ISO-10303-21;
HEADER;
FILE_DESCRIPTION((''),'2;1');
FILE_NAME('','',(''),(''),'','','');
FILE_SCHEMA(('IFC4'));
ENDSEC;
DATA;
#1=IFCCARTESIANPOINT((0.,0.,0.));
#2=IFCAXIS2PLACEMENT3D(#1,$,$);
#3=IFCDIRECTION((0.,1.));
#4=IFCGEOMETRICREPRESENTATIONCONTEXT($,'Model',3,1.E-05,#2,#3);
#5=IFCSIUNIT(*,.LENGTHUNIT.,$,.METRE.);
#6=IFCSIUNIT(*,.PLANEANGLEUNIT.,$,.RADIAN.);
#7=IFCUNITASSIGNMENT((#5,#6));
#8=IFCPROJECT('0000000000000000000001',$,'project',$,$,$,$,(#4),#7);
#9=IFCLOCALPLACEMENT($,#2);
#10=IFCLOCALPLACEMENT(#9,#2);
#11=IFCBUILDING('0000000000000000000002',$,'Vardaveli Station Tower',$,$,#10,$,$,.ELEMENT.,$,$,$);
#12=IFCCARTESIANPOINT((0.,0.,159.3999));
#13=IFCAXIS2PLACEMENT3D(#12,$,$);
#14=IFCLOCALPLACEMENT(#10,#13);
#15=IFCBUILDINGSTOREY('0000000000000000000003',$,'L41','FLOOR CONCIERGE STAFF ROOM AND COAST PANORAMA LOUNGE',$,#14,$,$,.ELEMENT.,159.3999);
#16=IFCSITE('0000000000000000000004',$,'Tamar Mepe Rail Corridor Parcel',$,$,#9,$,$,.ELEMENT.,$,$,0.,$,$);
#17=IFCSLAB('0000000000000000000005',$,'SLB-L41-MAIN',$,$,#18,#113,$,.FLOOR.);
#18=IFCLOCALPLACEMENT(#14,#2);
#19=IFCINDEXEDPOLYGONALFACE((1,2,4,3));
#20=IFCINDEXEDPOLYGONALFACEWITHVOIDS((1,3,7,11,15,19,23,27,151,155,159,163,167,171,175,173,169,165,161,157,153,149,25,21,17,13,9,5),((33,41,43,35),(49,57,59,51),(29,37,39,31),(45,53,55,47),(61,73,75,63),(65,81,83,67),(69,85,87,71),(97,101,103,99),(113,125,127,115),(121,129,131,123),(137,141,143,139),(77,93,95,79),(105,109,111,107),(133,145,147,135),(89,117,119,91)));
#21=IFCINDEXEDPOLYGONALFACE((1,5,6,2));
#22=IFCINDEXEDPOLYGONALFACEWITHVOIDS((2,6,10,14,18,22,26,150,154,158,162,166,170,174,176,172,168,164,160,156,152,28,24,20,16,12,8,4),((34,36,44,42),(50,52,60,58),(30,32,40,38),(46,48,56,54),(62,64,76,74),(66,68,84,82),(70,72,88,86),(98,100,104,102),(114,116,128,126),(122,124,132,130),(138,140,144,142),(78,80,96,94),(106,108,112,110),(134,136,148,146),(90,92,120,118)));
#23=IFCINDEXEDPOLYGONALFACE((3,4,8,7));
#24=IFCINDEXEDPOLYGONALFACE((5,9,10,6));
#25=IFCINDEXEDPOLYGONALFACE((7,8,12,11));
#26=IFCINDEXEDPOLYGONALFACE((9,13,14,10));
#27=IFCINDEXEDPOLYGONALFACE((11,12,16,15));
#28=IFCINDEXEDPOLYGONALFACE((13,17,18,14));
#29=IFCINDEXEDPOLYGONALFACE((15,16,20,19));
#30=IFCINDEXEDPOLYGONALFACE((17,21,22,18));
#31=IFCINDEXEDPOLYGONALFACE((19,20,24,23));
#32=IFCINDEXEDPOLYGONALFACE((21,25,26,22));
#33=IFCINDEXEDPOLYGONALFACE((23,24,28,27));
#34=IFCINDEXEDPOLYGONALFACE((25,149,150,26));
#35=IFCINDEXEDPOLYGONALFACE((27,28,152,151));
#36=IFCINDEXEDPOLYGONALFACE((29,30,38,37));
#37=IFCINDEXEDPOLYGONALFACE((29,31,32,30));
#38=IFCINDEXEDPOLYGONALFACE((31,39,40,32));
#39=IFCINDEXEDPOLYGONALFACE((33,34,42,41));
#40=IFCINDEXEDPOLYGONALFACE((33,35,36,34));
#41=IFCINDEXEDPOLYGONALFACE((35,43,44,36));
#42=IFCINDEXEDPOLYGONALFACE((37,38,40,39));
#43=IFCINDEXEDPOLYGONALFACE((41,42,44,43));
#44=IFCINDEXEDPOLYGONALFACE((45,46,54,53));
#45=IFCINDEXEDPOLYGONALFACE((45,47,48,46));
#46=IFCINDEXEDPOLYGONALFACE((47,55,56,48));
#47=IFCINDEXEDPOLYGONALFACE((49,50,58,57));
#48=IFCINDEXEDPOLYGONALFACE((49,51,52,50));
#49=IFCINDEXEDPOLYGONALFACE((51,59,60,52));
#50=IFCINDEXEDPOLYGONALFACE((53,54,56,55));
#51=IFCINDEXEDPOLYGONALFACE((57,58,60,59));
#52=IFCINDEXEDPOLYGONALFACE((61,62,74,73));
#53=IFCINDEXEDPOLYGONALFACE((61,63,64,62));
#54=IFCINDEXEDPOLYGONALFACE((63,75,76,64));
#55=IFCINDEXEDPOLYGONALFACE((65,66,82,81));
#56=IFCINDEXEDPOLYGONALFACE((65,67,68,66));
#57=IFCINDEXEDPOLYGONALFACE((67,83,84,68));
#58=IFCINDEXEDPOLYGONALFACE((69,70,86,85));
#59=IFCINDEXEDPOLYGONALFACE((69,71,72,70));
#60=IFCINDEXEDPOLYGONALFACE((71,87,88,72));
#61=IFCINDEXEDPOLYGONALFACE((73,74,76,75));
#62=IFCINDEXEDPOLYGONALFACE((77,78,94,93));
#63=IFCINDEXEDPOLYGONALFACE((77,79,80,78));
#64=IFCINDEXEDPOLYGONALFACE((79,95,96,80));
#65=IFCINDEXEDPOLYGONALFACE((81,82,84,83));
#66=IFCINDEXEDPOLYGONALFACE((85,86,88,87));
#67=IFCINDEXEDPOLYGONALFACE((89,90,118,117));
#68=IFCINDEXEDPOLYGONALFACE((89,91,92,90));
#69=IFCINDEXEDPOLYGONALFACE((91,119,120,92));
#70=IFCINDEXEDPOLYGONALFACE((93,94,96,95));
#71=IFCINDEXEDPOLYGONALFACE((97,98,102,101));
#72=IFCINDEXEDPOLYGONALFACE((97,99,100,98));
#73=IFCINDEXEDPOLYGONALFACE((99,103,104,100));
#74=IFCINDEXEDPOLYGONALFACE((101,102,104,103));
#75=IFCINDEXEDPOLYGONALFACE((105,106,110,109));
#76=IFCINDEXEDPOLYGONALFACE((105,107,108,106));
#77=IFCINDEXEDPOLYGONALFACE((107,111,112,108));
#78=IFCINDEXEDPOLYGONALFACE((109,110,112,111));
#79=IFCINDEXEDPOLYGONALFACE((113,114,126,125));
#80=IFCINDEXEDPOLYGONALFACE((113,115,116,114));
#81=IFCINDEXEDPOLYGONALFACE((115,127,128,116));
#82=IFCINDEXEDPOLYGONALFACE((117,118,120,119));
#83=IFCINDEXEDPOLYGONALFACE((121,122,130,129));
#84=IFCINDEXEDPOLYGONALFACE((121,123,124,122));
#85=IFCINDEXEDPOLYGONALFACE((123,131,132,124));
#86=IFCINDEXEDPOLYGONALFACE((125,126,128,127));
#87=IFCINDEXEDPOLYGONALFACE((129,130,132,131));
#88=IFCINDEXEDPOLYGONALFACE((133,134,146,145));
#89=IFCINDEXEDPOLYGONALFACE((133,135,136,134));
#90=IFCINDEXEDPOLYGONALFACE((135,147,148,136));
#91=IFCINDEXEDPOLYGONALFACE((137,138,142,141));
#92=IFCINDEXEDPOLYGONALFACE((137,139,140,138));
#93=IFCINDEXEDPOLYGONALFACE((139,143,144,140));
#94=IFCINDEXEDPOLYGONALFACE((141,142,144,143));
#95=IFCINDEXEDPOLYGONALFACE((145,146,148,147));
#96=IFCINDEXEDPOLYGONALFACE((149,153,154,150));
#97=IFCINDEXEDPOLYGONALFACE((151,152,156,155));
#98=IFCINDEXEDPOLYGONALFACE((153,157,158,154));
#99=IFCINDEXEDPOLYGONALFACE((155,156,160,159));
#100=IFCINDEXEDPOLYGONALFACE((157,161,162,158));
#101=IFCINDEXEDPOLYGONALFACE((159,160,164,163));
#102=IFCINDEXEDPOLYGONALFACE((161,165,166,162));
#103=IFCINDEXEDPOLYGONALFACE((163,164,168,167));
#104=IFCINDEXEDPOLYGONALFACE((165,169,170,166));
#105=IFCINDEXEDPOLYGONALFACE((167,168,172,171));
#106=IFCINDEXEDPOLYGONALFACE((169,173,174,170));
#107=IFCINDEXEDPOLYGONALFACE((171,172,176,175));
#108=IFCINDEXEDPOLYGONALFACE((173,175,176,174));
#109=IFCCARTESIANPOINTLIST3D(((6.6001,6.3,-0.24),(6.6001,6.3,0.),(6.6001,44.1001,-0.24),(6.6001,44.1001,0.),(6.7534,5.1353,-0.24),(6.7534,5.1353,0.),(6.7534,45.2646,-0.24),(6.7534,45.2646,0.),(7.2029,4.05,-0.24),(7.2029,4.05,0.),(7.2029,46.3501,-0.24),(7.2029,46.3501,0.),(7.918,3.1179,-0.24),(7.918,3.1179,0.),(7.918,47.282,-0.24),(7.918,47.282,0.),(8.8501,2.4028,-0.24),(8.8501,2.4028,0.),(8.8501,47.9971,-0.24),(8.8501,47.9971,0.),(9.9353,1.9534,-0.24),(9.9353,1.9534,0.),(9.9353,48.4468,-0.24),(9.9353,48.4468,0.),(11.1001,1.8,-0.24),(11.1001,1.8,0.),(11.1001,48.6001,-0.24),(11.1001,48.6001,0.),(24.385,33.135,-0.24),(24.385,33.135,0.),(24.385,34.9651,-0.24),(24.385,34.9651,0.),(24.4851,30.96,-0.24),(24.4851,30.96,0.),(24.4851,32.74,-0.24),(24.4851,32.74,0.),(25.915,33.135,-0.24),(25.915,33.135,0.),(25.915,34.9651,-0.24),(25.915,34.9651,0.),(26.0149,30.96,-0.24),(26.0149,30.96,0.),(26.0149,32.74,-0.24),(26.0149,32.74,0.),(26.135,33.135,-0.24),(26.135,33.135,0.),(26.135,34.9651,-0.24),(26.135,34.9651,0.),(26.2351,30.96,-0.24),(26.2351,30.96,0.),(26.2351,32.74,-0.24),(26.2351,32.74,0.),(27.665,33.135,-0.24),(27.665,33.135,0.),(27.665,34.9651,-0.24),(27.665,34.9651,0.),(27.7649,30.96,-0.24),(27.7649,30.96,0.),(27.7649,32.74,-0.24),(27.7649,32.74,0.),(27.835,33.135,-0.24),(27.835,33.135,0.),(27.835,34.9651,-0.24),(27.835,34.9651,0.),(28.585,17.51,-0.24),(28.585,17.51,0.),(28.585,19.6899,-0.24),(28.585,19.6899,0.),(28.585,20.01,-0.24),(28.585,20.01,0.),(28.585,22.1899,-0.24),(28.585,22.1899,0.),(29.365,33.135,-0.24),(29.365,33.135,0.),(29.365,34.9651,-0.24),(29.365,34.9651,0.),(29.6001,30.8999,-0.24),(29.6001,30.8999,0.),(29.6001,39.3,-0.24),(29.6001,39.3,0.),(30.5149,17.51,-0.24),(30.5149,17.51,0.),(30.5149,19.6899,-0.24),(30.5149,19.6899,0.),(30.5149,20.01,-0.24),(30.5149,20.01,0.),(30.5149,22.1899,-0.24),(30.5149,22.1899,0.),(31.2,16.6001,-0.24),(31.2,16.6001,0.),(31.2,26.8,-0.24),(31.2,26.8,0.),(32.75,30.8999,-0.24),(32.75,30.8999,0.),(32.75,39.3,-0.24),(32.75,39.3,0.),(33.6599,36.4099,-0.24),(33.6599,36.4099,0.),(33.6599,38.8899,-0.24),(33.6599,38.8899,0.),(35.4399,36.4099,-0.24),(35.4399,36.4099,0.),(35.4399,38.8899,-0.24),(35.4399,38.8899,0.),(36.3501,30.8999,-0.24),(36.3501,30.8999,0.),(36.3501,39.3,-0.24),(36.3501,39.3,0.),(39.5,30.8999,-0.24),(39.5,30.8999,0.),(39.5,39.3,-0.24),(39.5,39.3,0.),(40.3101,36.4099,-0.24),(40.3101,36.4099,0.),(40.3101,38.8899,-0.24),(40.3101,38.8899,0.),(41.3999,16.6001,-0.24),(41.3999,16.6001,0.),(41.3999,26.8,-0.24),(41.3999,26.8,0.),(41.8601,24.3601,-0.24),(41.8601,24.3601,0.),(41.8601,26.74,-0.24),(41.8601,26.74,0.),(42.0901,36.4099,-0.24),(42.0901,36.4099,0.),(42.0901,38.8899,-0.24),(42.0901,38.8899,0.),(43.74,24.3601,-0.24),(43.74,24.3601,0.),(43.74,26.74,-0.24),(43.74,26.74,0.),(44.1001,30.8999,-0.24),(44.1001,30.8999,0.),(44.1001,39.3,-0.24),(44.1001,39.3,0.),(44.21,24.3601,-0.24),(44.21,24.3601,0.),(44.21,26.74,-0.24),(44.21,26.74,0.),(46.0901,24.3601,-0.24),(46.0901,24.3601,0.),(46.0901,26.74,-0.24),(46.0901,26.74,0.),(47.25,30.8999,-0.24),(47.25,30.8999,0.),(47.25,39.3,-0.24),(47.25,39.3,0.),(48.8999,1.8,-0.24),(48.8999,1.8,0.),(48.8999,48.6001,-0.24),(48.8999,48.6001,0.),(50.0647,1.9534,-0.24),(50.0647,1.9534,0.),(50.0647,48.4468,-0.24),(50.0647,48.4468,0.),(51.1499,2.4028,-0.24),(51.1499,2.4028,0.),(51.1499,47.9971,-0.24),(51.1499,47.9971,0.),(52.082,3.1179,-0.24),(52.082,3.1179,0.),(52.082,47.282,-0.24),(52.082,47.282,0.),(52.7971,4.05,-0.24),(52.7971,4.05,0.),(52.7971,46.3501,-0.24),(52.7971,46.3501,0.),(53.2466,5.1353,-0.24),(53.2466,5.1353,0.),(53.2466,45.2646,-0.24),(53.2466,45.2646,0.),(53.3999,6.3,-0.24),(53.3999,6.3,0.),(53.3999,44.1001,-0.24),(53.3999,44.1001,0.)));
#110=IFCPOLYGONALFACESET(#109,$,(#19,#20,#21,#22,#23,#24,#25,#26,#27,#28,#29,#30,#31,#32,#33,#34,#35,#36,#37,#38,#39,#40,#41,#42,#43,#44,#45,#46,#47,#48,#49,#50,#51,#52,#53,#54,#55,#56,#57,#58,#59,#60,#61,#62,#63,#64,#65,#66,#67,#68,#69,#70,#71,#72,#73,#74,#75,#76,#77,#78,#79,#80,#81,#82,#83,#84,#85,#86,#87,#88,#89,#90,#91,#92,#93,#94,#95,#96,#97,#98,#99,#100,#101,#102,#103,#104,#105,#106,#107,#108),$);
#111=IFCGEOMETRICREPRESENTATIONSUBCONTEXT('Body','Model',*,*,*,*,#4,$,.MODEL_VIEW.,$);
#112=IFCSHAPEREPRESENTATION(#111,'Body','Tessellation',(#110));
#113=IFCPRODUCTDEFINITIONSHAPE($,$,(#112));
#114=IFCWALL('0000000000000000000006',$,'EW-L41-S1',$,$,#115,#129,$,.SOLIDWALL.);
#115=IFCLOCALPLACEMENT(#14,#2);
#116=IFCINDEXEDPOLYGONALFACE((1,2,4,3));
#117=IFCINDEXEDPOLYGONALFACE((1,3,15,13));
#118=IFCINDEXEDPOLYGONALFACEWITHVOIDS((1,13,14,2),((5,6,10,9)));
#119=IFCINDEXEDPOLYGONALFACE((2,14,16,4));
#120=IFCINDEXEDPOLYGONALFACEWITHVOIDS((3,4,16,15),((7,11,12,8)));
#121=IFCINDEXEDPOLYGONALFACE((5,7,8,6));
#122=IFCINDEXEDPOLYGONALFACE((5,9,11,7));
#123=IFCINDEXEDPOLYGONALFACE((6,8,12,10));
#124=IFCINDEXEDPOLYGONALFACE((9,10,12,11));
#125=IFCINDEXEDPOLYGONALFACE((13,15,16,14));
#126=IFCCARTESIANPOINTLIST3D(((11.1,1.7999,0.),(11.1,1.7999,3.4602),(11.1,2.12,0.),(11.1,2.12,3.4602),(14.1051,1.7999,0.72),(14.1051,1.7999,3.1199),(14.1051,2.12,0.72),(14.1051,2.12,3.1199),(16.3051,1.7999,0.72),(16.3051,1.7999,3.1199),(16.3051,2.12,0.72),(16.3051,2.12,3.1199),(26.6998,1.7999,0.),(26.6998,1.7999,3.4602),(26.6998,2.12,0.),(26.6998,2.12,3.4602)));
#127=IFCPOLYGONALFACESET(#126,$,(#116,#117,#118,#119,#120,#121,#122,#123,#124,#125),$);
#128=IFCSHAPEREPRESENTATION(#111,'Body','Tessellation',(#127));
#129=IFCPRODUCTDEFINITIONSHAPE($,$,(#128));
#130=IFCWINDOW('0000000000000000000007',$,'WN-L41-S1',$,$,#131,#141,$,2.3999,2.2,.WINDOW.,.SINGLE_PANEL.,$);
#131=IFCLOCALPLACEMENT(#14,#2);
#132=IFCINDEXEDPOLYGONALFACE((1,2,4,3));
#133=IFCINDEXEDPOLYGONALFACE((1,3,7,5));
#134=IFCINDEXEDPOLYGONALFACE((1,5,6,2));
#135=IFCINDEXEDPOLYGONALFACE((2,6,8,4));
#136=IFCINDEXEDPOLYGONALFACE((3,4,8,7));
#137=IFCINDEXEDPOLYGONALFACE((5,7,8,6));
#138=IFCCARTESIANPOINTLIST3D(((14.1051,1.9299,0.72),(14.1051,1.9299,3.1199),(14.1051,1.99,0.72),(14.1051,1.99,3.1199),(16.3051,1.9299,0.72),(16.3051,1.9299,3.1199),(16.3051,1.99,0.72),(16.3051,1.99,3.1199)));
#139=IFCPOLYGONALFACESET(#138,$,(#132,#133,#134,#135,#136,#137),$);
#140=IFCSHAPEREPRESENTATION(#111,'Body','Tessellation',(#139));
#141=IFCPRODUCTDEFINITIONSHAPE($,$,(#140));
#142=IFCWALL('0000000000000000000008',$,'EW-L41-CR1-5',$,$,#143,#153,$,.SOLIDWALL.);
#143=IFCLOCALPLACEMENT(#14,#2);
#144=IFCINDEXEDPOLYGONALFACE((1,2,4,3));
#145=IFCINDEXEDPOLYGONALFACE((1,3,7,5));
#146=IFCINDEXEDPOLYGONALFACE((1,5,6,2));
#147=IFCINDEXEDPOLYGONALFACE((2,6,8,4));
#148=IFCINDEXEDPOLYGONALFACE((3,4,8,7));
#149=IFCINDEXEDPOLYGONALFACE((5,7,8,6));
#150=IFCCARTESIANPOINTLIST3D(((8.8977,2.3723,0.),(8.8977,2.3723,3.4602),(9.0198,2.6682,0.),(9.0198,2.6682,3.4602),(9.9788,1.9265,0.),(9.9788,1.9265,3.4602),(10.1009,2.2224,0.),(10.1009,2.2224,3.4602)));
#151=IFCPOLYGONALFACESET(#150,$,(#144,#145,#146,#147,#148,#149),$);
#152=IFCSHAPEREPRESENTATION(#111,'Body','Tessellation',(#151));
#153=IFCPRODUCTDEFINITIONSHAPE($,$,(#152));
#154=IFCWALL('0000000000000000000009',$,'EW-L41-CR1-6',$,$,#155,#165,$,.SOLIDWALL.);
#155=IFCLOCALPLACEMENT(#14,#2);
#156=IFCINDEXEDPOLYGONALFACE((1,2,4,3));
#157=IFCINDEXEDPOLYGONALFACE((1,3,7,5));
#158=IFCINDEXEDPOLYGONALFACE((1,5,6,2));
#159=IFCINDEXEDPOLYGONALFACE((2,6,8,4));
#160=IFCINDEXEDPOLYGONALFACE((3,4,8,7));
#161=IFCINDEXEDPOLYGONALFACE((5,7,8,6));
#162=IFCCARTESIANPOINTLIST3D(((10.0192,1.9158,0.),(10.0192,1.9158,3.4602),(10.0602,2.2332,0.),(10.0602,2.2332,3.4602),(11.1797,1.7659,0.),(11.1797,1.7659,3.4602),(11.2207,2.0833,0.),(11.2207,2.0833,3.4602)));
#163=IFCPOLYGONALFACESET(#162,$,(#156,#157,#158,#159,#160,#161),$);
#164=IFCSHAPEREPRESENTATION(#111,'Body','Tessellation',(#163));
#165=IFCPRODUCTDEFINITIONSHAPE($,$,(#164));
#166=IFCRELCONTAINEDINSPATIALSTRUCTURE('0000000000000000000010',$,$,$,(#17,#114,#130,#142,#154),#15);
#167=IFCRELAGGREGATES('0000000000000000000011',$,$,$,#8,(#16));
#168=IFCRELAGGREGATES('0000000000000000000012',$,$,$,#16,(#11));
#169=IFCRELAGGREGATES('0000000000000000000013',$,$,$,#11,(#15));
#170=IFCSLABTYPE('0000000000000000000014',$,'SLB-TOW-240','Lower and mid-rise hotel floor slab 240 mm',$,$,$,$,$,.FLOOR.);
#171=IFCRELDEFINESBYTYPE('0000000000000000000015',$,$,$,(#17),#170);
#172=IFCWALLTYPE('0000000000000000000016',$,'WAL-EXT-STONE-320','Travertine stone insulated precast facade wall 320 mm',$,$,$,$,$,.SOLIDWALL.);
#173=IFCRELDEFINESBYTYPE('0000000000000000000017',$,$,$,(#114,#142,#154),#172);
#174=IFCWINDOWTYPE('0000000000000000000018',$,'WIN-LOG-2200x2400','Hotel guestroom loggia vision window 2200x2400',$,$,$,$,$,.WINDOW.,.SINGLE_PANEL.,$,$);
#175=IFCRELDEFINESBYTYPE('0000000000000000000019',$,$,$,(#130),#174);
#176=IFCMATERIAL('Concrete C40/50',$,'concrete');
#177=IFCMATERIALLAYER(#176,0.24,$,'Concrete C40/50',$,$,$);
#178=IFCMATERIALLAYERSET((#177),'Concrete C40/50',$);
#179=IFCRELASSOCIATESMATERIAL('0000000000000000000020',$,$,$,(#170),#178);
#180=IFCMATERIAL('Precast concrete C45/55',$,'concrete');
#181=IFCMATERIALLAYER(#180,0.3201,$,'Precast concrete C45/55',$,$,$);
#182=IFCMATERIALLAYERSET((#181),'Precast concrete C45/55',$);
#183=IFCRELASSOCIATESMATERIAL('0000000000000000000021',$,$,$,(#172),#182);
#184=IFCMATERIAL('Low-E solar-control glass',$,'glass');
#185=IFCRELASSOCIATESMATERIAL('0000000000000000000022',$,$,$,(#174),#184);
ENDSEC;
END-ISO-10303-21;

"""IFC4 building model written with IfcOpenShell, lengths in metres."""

from ifc_helpers import new_model, si_unit, direction, frame, frame_2d, origin, place, context, subcontext, project, spatial, polyline, rectangle, outline, extrude, source, transform, mapped, material, layer, layer_set, type_object, element, fill, save


model = new_model("IFC4")

# Units and contexts
model_context = context("Model", 3, precision=1e-05, world=origin(), true_north=direction((0.0, 1.0)))
body_context = subcontext(model_context, "Body", "Model", "MODEL_VIEW")
ifc_project = project(units=[si_unit("LENGTHUNIT", "METRE"), si_unit("PLANEANGLEUNIT", "RADIAN")], contexts=[model_context])

# Site, building, storey
site_placement = place(None, origin())
site = spatial("IfcSite", under=ifc_project, at=site_placement, Name="Tamar Mepe Rail Corridor Parcel", CompositionType="ELEMENT", RefElevation=0.0)
building_placement = place(site_placement, origin())
building = spatial("IfcBuilding", under=site, at=building_placement, Name="Vardaveli Station Tower", CompositionType="ELEMENT")
storey_placement = place(building_placement, frame((0.0, 0.0, 159.3999)))
storey = spatial("IfcBuildingStorey", under=building, at=storey_placement, Name="L41", Description="FLOOR CONCIERGE STAFF ROOM AND COAST PANORAMA LOUNGE", CompositionType="ELEMENT", Elevation=159.3999)

# Shared definitions
ifc_material_1 = material(Name="Concrete C40/50", Category="concrete")

# Slab
ifc_material_2 = material(Name="Precast concrete C45/55", Category="concrete")
ifc_layer_1 = layer(ifc_material_1, 0.24, Name="Concrete C40/50")
ifc_layer_set_1 = layer_set([ifc_layer_1], Name="Concrete C40/50")
slab_type_1 = type_object("IfcSlabType", Name="SLB-TOW-240", Description="Lower and mid-rise hotel floor slab 240 mm", PredefinedType="FLOOR", material=ifc_layer_set_1)
slab_1_placement = place(storey_placement, frame((0.0, 0.0, -0.24)))
element("IfcSlab", 1, at=slab_1_placement, inside=storey, type_object=slab_type_1, Name="SLB-L41-MAIN", PredefinedType="FLOOR", context=body_context, shape_type="SweptSolid", body=[
    extrude(outline(polyline([(6.6001, 6.3), (6.7534, 5.1353), (7.2029, 4.05), (7.918, 3.1179), (8.8501, 2.4028), (9.9353, 1.9534), (11.1001, 1.8), (48.8999, 1.8), (50.0647, 1.9534), (51.1499, 2.4028), (52.082, 3.1179), (52.7971, 4.05), (53.2466, 5.1353), (53.3999, 6.3), (53.3999, 44.1001), (53.2466, 45.2646), (52.7971, 46.3501), (52.082, 47.282), (51.1499, 47.9971), (50.0647, 48.4468), (48.8999, 48.6001), (11.1001, 48.6001), (9.9353, 48.4468), (8.8501, 47.9971), (7.918, 47.282), (7.2029, 46.3501), (6.7534, 45.2646), (6.6001, 44.1001), (6.6001, 6.3)]), holes=[polyline([(31.2, 16.6001), (41.3999, 16.6001), (41.3999, 26.8), (31.2, 26.8), (31.2, 16.6001)]), polyline([(32.75, 30.8999), (32.75, 39.3), (29.6001, 39.3), (29.6001, 30.8999), (32.75, 30.8999)]), polyline([(39.5, 30.8999), (39.5, 39.3), (36.3501, 39.3), (36.3501, 30.8999), (39.5, 30.8999)]), polyline([(47.25, 30.8999), (47.25, 39.3), (44.1001, 39.3), (44.1001, 30.8999), (47.25, 30.8999)]), polyline([(24.385, 33.135), (25.915, 33.135), (25.915, 34.9651), (24.385, 34.9651), (24.385, 33.135)]), polyline([(26.135, 33.135), (27.665, 33.135), (27.665, 34.9651), (26.135, 34.9651), (26.135, 33.135)]), polyline([(27.835, 33.135), (29.365, 33.135), (29.365, 34.9651), (27.835, 34.9651), (27.835, 33.135)]), polyline([(33.6599, 36.4099), (35.4399, 36.4099), (35.4399, 38.8899), (33.6599, 38.8899), (33.6599, 36.4099)]), polyline([(40.3101, 36.4099), (42.0901, 36.4099), (42.0901, 38.8899), (40.3101, 38.8899), (40.3101, 36.4099)]), polyline([(24.4851, 30.96), (26.0149, 30.96), (26.0149, 32.74), (24.4851, 32.74), (24.4851, 30.96)]), polyline([(26.2351, 30.96), (27.7649, 30.96), (27.7649, 32.74), (26.2351, 32.74), (26.2351, 30.96)]), polyline([(28.585, 17.51), (30.5149, 17.51), (30.5149, 19.6899), (28.585, 19.6899), (28.585, 17.51)]), polyline([(28.585, 20.01), (30.5149, 20.01), (30.5149, 22.1899), (28.585, 22.1899), (28.585, 20.01)]), polyline([(41.8601, 24.3601), (43.74, 24.3601), (43.74, 26.74), (41.8601, 26.74), (41.8601, 24.3601)]), polyline([(44.21, 24.3601), (46.0901, 24.3601), (46.0901, 26.74), (44.21, 26.74), (44.21, 24.3601)])]), origin(), (0.0, 0.0, 1.0), 0.24),
])

# Wall, opening, window
ifc_layer_2 = layer(ifc_material_2, 0.3201, Name="Precast concrete C45/55")
ifc_layer_set_2 = layer_set([ifc_layer_2], Name="Precast concrete C45/55")
wall_type = type_object("IfcWallType", Name="WAL-EXT-STONE-320", Description="Travertine stone insulated precast facade wall 320 mm", PredefinedType="SOLIDWALL", material=ifc_layer_set_2)
shared_shape_1 = source(origin(), body_context, "Body", "SweptSolid", [
    extrude(rectangle(XDim=15.5999, YDim=0.3201, at=frame_2d((7.7998, 0.0))), origin(), (0.0, 0.0, 1.0), 3.4602),
])
wall_1_placement = place(storey_placement, frame((11.1001, 1.96, 0.0), z_axis=(0.0, 0.0, 1.0), x_axis=(1.0, 0.0, 0.0)))
wall_1 = element("IfcWall", 2, at=wall_1_placement, inside=storey, type_object=wall_type, Name="EW-L41-S1", PredefinedType="SOLIDWALL", context=body_context, shape_type="MappedRepresentation", body=[
    mapped(shared_shape_1, transform((0.0, 0.0, 0.0), scale=1.0)),
])
shared_shape_2 = source(origin(), body_context, "Body", "SweptSolid", [
    extrude(rectangle(XDim=2.2, YDim=2.3999, at=frame_2d((1.1001, 1.2))), frame((0.0, 0.1699, 0.0), z_axis=(0.0, -1.0, 0.0), x_axis=(1.0, 0.0, 0.0)), (0.0, 0.0, 1.0), 0.3401),
])
opening_placement = place(wall_1_placement, frame((3.0049, 0.0, 0.72)))
opening = element("IfcOpeningElement", 3, at=opening_placement, cuts=wall_1, PredefinedType="OPENING", context=body_context, shape_type="MappedRepresentation", body=[
    mapped(shared_shape_2, transform((0.0, 0.0, 0.0), scale=1.0)),
])
ifc_material_3 = material(Name="Low-E solar-control glass", Category="glass")
window_type = type_object("IfcWindowType", Name="WIN-LOG-2200x2400", Description="Hotel guestroom loggia vision window 2200x2400", PartitioningType="SINGLE_PANEL", PredefinedType="WINDOW", material=ifc_material_3)
shared_shape_3 = source(origin(), body_context, "Body", "SweptSolid", [
    extrude(rectangle(XDim=2.2, YDim=2.3999, at=frame_2d((1.1001, 1.2))), frame((0.0, 0.03, 0.0), z_axis=(0.0, -1.0, 0.0), x_axis=(1.0, 0.0, 0.0)), (0.0, 0.0, 1.0), 0.0601),
])
window_placement = place(opening_placement, origin())
window = element("IfcWindow", 4, at=window_placement, inside=storey, type_object=window_type, Name="WN-L41-S1", OverallHeight=2.3999, OverallWidth=2.2, PartitioningType="SINGLE_PANEL", PredefinedType="WINDOW", context=body_context, shape_type="MappedRepresentation", body=[
    mapped(shared_shape_3, transform((0.0, 0.0, 0.0), scale=1.0)),
])
fill(opening, window)

# Walls
shared_shape_4 = source(origin(), body_context, "Body", "SweptSolid", [
    extrude(rectangle(XDim=1.1694, YDim=0.3201, at=frame_2d((0.5847, 0.0))), origin(), (0.0, 0.0, 1.0), 3.4602),
])
wall_2_placement = place(storey_placement, frame((8.9587, 2.5203, 0.0), z_axis=(0.0, 0.0, 1.0), x_axis=(0.924479, -0.381233, 0.0)))
element("IfcWall", 5, at=wall_2_placement, inside=storey, type_object=wall_type, Name="EW-L41-CR1-5", PredefinedType="SOLIDWALL", context=body_context, shape_type="MappedRepresentation", body=[
    mapped(shared_shape_4, transform((0.0, 0.0, 0.0), scale=1.0)),
])
shared_shape_5 = source(origin(), body_context, "Body", "SweptSolid", [
    extrude(rectangle(XDim=1.1702, YDim=0.3201, at=frame_2d((0.585, 0.0))), origin(), (0.0, 0.0, 1.0), 3.4602),
])
wall_3_placement = place(storey_placement, frame((10.0398, 2.0745, 0.0), z_axis=(0.0, 0.0, 1.0), x_axis=(0.991762, -0.12809, 0.0)))
element("IfcWall", 6, at=wall_3_placement, inside=storey, type_object=wall_type, Name="EW-L41-CR1-6", PredefinedType="SOLIDWALL", context=body_context, shape_type="MappedRepresentation", body=[
    mapped(shared_shape_5, transform((0.0, 0.0, 0.0), scale=1.0)),
])

save(model, "model.ifc")
